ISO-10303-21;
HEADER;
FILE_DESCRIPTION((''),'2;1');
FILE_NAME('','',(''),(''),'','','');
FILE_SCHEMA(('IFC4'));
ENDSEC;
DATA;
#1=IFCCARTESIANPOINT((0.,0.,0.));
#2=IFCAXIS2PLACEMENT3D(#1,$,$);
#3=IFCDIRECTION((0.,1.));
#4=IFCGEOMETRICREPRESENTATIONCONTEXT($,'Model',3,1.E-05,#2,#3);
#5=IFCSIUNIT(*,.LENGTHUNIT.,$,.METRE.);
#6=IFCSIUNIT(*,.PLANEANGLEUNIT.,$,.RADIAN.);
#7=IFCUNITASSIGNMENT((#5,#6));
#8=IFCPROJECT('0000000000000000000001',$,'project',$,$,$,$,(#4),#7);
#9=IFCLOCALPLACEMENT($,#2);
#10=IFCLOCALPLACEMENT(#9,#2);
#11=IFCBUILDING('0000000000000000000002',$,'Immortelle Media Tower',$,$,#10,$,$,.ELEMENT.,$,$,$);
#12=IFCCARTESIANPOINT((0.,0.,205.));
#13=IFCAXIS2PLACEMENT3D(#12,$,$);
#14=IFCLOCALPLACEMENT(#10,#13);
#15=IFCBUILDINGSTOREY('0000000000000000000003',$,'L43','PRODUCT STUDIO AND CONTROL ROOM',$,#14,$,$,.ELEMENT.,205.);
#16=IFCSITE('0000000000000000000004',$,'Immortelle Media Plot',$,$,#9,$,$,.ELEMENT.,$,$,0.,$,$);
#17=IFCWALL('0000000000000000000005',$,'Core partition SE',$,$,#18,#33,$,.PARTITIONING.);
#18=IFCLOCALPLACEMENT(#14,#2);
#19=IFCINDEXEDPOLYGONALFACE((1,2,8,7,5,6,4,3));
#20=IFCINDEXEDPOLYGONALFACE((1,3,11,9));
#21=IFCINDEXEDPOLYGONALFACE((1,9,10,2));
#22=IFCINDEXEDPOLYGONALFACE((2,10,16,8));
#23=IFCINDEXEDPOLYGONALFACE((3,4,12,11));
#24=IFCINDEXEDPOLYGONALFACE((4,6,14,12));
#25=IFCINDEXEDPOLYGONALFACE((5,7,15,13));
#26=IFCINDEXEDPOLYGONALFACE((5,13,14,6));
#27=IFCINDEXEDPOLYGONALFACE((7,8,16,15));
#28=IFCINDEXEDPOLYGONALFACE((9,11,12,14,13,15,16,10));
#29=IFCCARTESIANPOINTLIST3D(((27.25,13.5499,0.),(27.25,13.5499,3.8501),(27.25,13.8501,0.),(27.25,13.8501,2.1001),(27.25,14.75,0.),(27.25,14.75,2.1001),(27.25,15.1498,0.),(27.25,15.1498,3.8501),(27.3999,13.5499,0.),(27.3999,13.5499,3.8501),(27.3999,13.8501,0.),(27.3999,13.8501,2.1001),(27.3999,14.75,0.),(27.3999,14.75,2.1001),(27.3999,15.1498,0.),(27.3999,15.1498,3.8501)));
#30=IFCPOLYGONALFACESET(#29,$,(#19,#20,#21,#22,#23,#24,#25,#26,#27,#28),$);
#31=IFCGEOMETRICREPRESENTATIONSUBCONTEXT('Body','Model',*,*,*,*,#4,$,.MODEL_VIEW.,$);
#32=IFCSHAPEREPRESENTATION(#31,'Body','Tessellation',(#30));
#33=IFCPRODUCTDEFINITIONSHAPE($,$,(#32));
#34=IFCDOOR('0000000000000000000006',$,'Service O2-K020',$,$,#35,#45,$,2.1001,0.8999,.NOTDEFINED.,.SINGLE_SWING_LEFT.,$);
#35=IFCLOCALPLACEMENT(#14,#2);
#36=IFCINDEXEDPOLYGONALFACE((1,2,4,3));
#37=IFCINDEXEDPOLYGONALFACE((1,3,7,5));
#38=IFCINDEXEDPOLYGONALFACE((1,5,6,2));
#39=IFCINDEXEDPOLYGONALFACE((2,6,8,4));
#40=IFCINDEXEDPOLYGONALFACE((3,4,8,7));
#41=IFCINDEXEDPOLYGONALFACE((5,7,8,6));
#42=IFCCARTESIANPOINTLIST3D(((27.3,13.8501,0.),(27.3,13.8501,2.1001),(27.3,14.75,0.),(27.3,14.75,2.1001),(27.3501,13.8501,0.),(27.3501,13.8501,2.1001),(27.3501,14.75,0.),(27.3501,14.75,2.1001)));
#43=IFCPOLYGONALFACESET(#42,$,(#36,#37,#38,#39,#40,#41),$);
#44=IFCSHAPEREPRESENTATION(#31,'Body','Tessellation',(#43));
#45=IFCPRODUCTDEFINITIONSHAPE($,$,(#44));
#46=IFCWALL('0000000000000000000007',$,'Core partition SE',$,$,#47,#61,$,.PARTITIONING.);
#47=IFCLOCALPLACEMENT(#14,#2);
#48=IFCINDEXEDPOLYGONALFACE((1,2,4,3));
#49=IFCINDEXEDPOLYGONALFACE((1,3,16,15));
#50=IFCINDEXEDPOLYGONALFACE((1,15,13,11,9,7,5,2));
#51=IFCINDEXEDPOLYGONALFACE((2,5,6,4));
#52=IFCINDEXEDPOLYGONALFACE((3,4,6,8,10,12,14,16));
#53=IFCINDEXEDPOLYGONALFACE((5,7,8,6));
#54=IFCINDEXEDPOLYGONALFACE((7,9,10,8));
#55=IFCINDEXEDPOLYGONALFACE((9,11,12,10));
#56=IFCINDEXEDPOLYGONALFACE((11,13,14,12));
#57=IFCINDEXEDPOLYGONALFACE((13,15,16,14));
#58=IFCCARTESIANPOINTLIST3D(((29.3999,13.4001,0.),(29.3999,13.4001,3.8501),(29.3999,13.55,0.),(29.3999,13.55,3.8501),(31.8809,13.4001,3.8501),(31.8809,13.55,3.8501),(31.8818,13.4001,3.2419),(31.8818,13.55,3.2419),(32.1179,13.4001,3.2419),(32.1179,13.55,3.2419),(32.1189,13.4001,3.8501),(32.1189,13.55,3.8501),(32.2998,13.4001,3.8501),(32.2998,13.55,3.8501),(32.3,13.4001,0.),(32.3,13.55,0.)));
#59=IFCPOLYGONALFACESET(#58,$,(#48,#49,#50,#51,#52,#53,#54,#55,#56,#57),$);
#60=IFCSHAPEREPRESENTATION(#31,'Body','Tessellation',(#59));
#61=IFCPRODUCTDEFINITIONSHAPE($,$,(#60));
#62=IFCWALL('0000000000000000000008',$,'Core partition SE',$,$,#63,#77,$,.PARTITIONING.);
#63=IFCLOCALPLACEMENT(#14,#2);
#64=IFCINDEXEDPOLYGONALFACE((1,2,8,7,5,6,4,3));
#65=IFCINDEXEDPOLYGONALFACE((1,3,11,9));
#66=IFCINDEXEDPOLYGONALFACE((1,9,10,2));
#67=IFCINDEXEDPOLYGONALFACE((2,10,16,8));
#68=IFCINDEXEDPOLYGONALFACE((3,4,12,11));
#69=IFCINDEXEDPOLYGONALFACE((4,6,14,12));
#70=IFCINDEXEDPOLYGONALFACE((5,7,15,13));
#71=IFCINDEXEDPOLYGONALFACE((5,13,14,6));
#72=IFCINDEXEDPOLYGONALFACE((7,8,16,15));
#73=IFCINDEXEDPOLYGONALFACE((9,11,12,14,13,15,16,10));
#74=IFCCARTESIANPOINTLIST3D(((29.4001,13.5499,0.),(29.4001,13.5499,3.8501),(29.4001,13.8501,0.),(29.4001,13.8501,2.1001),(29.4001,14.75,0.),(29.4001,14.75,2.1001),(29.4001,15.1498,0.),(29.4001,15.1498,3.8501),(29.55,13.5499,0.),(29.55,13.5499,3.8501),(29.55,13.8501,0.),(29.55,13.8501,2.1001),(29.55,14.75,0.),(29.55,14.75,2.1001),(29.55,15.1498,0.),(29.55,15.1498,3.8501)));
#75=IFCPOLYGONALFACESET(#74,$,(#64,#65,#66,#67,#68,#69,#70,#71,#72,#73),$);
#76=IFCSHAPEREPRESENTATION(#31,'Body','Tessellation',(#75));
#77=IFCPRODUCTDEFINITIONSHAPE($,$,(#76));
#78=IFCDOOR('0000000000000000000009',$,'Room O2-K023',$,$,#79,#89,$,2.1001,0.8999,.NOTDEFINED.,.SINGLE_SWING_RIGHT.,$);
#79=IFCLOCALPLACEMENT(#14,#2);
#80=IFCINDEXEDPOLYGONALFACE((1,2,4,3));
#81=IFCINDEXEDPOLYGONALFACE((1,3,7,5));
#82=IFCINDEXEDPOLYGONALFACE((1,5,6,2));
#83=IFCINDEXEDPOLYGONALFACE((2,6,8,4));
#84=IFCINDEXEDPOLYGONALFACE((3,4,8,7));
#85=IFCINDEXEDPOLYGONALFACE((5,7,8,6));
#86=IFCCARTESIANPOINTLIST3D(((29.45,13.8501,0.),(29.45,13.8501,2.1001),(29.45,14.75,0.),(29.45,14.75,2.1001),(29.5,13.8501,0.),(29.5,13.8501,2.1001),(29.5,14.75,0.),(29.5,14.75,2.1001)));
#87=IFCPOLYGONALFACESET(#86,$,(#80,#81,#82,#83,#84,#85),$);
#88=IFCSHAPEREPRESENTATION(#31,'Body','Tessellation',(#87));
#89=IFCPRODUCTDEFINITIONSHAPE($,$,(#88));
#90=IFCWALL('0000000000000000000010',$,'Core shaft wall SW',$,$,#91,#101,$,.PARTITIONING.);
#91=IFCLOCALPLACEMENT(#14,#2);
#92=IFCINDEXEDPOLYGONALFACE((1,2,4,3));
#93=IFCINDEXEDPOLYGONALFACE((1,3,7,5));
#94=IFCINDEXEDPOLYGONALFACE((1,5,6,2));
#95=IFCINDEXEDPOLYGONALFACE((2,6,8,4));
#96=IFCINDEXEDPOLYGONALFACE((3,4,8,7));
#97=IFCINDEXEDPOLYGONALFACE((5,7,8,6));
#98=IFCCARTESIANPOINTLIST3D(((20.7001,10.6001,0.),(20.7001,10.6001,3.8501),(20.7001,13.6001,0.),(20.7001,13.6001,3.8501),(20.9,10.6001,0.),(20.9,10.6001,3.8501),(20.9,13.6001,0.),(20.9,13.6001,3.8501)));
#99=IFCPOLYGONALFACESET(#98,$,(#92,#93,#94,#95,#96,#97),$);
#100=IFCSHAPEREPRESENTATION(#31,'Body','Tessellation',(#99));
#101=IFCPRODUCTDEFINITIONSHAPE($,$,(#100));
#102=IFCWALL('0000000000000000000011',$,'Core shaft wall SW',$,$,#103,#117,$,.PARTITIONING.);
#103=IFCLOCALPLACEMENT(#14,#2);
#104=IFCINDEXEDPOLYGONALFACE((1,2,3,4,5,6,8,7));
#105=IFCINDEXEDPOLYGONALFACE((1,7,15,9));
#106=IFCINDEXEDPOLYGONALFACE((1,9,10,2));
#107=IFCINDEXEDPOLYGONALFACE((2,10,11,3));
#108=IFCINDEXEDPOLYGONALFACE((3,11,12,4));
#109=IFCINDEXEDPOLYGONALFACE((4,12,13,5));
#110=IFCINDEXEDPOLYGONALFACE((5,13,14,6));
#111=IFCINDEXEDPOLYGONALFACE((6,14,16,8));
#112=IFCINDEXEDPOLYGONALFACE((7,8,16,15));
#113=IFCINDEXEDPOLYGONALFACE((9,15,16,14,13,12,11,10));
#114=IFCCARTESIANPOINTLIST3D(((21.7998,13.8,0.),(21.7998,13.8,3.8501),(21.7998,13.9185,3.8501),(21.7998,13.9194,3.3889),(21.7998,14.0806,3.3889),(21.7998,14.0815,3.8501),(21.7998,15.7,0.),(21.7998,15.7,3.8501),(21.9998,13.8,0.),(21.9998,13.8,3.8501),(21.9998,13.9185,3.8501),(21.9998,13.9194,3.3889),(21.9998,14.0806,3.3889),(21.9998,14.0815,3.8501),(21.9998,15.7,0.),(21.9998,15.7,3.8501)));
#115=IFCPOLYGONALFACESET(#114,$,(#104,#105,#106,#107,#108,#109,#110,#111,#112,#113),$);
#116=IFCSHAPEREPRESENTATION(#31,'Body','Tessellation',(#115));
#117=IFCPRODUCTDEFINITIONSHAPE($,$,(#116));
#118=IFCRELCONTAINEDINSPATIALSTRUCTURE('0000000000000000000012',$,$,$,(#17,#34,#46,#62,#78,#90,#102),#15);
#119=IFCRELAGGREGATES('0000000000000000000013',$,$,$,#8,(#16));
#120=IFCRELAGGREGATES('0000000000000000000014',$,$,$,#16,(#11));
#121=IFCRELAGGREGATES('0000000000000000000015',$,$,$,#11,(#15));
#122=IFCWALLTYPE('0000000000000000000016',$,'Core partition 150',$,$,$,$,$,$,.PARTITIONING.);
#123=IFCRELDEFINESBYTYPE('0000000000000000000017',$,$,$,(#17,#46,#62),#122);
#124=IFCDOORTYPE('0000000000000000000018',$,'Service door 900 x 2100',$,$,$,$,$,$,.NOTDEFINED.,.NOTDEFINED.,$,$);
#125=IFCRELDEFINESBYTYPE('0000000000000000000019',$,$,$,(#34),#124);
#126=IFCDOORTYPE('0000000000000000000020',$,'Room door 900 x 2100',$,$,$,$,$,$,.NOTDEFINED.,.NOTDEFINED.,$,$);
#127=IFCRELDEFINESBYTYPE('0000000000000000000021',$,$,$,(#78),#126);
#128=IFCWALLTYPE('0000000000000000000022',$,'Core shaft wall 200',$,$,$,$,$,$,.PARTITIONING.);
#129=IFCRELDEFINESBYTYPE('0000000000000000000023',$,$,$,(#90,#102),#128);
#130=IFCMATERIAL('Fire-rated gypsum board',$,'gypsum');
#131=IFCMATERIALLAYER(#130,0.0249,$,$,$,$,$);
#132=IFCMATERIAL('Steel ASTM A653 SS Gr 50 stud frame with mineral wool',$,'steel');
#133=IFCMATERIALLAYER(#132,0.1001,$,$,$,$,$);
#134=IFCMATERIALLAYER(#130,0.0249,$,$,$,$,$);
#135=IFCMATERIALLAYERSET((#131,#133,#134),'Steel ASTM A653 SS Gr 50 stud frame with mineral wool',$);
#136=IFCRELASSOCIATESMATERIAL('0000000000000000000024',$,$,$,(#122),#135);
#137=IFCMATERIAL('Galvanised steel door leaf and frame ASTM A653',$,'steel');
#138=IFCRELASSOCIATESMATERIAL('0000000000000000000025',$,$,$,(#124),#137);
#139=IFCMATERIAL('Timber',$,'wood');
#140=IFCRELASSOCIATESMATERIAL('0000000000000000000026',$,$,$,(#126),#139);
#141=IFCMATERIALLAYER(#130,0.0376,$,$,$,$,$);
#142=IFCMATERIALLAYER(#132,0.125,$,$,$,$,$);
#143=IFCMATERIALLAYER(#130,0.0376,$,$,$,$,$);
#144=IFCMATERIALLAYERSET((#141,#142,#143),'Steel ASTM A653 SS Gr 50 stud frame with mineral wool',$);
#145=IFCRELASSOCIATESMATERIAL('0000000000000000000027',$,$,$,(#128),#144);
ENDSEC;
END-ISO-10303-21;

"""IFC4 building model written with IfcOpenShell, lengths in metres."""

from ifc_helpers import new_model, si_unit, direction, frame, frame_2d, origin, place, context, subcontext, project, spatial, polyline, rectangle, outline, extrude, material, layer, layer_set, type_object, element, fill, save


model = new_model("IFC4")

# Units and contexts
model_context = context("Model", 3, precision=1e-05, world=origin(), true_north=direction((0.0, 1.0)))
body_context = subcontext(model_context, "Body", "Model", "MODEL_VIEW")
ifc_project = project(units=[si_unit("LENGTHUNIT", "METRE"), si_unit("PLANEANGLEUNIT", "RADIAN")], contexts=[model_context])

# Site, building, storey
site_placement = place(None, origin())
site = spatial("IfcSite", under=ifc_project, at=site_placement, Name="Immortelle Media Plot", CompositionType="ELEMENT", RefElevation=0.0)
building_placement = place(site_placement, origin())
building = spatial("IfcBuilding", under=site, at=building_placement, Name="Immortelle Media Tower", CompositionType="ELEMENT")
storey_placement = place(building_placement, frame((0.0, 0.0, 205.0)))
storey = spatial("IfcBuildingStorey", under=building, at=storey_placement, Name="L43", Description="PRODUCT STUDIO AND CONTROL ROOM", CompositionType="ELEMENT", Elevation=205.0)

# Shared definitions
ifc_material_1 = material(Name="Fire-rated gypsum board", Category="gypsum")
ifc_layer_1 = layer(ifc_material_1, 0.0249)
ifc_material_2 = material(Name="Steel ASTM A653 SS Gr 50 stud frame with mineral wool", Category="steel")
ifc_layer_2 = layer(ifc_material_2, 0.1001)
ifc_layer_3 = layer(ifc_material_1, 0.0249)
ifc_layer_set_1 = layer_set([ifc_layer_1, ifc_layer_2, ifc_layer_3], Name="Steel ASTM A653 SS Gr 50 stud frame with mineral wool")
wall_type_1 = type_object("IfcWallType", Name="Core partition 150", PredefinedType="PARTITIONING", material=ifc_layer_set_1)

# Wall, opening, door
wall_1_placement = place(storey_placement, frame((27.325, 13.55, 0.0), z_axis=(0.0, 0.0, 1.0), x_axis=(0.0, 1.0, 0.0)))
wall_1 = element("IfcWall", 1, at=wall_1_placement, inside=storey, type_object=wall_type_1, Name="Core partition SE", PredefinedType="PARTITIONING", context=body_context, shape_type="SweptSolid", body=[
    extrude(rectangle(XDim=1.5999, YDim=0.1499, at=frame_2d((0.7998, 0.0))), origin(), (0.0, 0.0, 1.0), 3.8501),
])
opening_1_placement = place(wall_1_placement, frame((0.3, 0.0, 0.0)))
opening_1 = element("IfcOpeningElement", 2, at=opening_1_placement, cuts=wall_1, PredefinedType="OPENING", context=body_context, shape_type="SweptSolid", body=[
    extrude(rectangle(XDim=0.8999, YDim=2.1001, at=frame_2d((0.45, 1.05))), frame((0.0, 0.085, 0.0), z_axis=(0.0, -1.0, 0.0), x_axis=(1.0, 0.0, 0.0)), (0.0, 0.0, 1.0), 0.1699),
])
ifc_material_3 = material(Name="Galvanised steel door leaf and frame ASTM A653", Category="steel")
door_type_1 = type_object("IfcDoorType", Name="Service door 900 x 2100", OperationType="NOTDEFINED", PredefinedType="NOTDEFINED", material=ifc_material_3)
door_1_placement = place(opening_1_placement, origin())
door_1 = element("IfcDoor", 3, at=door_1_placement, inside=storey, type_object=door_type_1, Name="Service O2-K020", OperationType="SINGLE_SWING_LEFT", OverallHeight=2.1001, OverallWidth=0.8999, PredefinedType="NOTDEFINED", context=body_context, shape_type="SweptSolid", body=[
    extrude(rectangle(XDim=0.8999, YDim=2.1001, at=frame_2d((0.45, 1.05))), frame((0.0, 0.0249, 0.0), z_axis=(0.0, -1.0, 0.0), x_axis=(1.0, 0.0, 0.0)), (0.0, 0.0, 1.0), 0.05),
])
fill(opening_1, door_1)

# Wall
wall_2_placement = place(storey_placement, frame((29.3999, 13.4751, 0.0), z_axis=(0.0, 0.0, 1.0), x_axis=(1.0, 0.0, 0.0)))
element("IfcWall", 4, at=wall_2_placement, inside=storey, type_object=wall_type_1, Name="Core partition SE", PredefinedType="PARTITIONING", context=body_context, shape_type="SweptSolid", body=[
    extrude(outline(polyline([(0.0, 0.0), (2.9001, 0.0), (2.8999, 3.8501), (2.719, 3.8501), (2.718, 3.2419), (2.4819, 3.2419), (2.481, 3.8501), (0.0, 3.8501), (0.0, 0.0)])), frame((0.0, 0.075, 0.0), z_axis=(0.0, -1.0, 0.0), x_axis=(1.0, 0.0, 0.0)), (0.0, 0.0, 1.0), 0.1499),
])

# Wall, opening, door
wall_3_placement = place(storey_placement, frame((29.4751, 13.55, 0.0), z_axis=(0.0, 0.0, 1.0), x_axis=(0.0, 1.0, 0.0)))
wall_3 = element("IfcWall", 5, at=wall_3_placement, inside=storey, type_object=wall_type_1, Name="Core partition SE", PredefinedType="PARTITIONING", context=body_context, shape_type="SweptSolid", body=[
    extrude(rectangle(XDim=1.5999, YDim=0.1499, at=frame_2d((0.7998, 0.0))), origin(), (0.0, 0.0, 1.0), 3.8501),
])
opening_2_placement = place(wall_3_placement, frame((1.2, 0.0, 0.0), z_axis=(0.0, 0.0, 1.0), x_axis=(-1.0, 0.0, 0.0)))
opening_2 = element("IfcOpeningElement", 6, at=opening_2_placement, cuts=wall_3, PredefinedType="OPENING", context=body_context, shape_type="SweptSolid", body=[
    extrude(rectangle(XDim=0.8999, YDim=2.1001, at=frame_2d((0.45, 1.05))), frame((0.0, 0.085, 0.0), z_axis=(0.0, -1.0, 0.0), x_axis=(1.0, 0.0, 0.0)), (0.0, 0.0, 1.0), 0.1699),
])
ifc_material_4 = material(Name="Timber", Category="wood")
door_type_2 = type_object("IfcDoorType", Name="Room door 900 x 2100", OperationType="NOTDEFINED", PredefinedType="NOTDEFINED", material=ifc_material_4)
door_2_placement = place(opening_2_placement, origin())
door_2 = element("IfcDoor", 7, at=door_2_placement, inside=storey, type_object=door_type_2, Name="Room O2-K023", OperationType="SINGLE_SWING_RIGHT", OverallHeight=2.1001, OverallWidth=0.8999, PredefinedType="NOTDEFINED", context=body_context, shape_type="SweptSolid", body=[
    extrude(rectangle(XDim=0.8999, YDim=2.1001, at=frame_2d((0.45, 1.05))), frame((0.0, 0.0249, 0.0), z_axis=(0.0, -1.0, 0.0), x_axis=(1.0, 0.0, 0.0)), (0.0, 0.0, 1.0), 0.05),
])
fill(opening_2, door_2)

# Walls
ifc_layer_4 = layer(ifc_material_1, 0.0376)
ifc_layer_5 = layer(ifc_material_2, 0.125)
ifc_layer_6 = layer(ifc_material_1, 0.0376)
ifc_layer_set_2 = layer_set([ifc_layer_4, ifc_layer_5, ifc_layer_6], Name="Steel ASTM A653 SS Gr 50 stud frame with mineral wool")
wall_type_2 = type_object("IfcWallType", Name="Core shaft wall 200", PredefinedType="PARTITIONING", material=ifc_layer_set_2)
wall_4_placement = place(storey_placement, frame((20.8, 10.6001, 0.0), z_axis=(0.0, 0.0, 1.0), x_axis=(0.0, 1.0, 0.0)))
element("IfcWall", 8, at=wall_4_placement, inside=storey, type_object=wall_type_2, Name="Core shaft wall SW", PredefinedType="PARTITIONING", context=body_context, shape_type="SweptSolid", body=[
    extrude(rectangle(XDim=3.0, YDim=0.2, at=frame_2d((1.5, 0.0))), origin(), (0.0, 0.0, 1.0), 3.8501),
])
wall_5_placement = place(storey_placement, frame((21.8999, 13.8, 0.0), z_axis=(0.0, 0.0, 1.0), x_axis=(0.0, 1.0, 0.0)))
element("IfcWall", 9, at=wall_5_placement, inside=storey, type_object=wall_type_2, Name="Core shaft wall SW", PredefinedType="PARTITIONING", context=body_context, shape_type="SweptSolid", body=[
    extrude(outline(polyline([(0.0, 0.0), (1.8999, 0.0), (1.8999, 3.8501), (0.2815, 3.8501), (0.2805, 3.3889), (0.1194, 3.3889), (0.1184, 3.8501), (0.0, 3.8501), (0.0, 0.0)])), frame((0.0, 0.1001, 0.0), z_axis=(0.0, -1.0, 0.0), x_axis=(1.0, 0.0, 0.0)), (0.0, 0.0, 1.0), 0.2),
])

save(model, "model.ifc")
